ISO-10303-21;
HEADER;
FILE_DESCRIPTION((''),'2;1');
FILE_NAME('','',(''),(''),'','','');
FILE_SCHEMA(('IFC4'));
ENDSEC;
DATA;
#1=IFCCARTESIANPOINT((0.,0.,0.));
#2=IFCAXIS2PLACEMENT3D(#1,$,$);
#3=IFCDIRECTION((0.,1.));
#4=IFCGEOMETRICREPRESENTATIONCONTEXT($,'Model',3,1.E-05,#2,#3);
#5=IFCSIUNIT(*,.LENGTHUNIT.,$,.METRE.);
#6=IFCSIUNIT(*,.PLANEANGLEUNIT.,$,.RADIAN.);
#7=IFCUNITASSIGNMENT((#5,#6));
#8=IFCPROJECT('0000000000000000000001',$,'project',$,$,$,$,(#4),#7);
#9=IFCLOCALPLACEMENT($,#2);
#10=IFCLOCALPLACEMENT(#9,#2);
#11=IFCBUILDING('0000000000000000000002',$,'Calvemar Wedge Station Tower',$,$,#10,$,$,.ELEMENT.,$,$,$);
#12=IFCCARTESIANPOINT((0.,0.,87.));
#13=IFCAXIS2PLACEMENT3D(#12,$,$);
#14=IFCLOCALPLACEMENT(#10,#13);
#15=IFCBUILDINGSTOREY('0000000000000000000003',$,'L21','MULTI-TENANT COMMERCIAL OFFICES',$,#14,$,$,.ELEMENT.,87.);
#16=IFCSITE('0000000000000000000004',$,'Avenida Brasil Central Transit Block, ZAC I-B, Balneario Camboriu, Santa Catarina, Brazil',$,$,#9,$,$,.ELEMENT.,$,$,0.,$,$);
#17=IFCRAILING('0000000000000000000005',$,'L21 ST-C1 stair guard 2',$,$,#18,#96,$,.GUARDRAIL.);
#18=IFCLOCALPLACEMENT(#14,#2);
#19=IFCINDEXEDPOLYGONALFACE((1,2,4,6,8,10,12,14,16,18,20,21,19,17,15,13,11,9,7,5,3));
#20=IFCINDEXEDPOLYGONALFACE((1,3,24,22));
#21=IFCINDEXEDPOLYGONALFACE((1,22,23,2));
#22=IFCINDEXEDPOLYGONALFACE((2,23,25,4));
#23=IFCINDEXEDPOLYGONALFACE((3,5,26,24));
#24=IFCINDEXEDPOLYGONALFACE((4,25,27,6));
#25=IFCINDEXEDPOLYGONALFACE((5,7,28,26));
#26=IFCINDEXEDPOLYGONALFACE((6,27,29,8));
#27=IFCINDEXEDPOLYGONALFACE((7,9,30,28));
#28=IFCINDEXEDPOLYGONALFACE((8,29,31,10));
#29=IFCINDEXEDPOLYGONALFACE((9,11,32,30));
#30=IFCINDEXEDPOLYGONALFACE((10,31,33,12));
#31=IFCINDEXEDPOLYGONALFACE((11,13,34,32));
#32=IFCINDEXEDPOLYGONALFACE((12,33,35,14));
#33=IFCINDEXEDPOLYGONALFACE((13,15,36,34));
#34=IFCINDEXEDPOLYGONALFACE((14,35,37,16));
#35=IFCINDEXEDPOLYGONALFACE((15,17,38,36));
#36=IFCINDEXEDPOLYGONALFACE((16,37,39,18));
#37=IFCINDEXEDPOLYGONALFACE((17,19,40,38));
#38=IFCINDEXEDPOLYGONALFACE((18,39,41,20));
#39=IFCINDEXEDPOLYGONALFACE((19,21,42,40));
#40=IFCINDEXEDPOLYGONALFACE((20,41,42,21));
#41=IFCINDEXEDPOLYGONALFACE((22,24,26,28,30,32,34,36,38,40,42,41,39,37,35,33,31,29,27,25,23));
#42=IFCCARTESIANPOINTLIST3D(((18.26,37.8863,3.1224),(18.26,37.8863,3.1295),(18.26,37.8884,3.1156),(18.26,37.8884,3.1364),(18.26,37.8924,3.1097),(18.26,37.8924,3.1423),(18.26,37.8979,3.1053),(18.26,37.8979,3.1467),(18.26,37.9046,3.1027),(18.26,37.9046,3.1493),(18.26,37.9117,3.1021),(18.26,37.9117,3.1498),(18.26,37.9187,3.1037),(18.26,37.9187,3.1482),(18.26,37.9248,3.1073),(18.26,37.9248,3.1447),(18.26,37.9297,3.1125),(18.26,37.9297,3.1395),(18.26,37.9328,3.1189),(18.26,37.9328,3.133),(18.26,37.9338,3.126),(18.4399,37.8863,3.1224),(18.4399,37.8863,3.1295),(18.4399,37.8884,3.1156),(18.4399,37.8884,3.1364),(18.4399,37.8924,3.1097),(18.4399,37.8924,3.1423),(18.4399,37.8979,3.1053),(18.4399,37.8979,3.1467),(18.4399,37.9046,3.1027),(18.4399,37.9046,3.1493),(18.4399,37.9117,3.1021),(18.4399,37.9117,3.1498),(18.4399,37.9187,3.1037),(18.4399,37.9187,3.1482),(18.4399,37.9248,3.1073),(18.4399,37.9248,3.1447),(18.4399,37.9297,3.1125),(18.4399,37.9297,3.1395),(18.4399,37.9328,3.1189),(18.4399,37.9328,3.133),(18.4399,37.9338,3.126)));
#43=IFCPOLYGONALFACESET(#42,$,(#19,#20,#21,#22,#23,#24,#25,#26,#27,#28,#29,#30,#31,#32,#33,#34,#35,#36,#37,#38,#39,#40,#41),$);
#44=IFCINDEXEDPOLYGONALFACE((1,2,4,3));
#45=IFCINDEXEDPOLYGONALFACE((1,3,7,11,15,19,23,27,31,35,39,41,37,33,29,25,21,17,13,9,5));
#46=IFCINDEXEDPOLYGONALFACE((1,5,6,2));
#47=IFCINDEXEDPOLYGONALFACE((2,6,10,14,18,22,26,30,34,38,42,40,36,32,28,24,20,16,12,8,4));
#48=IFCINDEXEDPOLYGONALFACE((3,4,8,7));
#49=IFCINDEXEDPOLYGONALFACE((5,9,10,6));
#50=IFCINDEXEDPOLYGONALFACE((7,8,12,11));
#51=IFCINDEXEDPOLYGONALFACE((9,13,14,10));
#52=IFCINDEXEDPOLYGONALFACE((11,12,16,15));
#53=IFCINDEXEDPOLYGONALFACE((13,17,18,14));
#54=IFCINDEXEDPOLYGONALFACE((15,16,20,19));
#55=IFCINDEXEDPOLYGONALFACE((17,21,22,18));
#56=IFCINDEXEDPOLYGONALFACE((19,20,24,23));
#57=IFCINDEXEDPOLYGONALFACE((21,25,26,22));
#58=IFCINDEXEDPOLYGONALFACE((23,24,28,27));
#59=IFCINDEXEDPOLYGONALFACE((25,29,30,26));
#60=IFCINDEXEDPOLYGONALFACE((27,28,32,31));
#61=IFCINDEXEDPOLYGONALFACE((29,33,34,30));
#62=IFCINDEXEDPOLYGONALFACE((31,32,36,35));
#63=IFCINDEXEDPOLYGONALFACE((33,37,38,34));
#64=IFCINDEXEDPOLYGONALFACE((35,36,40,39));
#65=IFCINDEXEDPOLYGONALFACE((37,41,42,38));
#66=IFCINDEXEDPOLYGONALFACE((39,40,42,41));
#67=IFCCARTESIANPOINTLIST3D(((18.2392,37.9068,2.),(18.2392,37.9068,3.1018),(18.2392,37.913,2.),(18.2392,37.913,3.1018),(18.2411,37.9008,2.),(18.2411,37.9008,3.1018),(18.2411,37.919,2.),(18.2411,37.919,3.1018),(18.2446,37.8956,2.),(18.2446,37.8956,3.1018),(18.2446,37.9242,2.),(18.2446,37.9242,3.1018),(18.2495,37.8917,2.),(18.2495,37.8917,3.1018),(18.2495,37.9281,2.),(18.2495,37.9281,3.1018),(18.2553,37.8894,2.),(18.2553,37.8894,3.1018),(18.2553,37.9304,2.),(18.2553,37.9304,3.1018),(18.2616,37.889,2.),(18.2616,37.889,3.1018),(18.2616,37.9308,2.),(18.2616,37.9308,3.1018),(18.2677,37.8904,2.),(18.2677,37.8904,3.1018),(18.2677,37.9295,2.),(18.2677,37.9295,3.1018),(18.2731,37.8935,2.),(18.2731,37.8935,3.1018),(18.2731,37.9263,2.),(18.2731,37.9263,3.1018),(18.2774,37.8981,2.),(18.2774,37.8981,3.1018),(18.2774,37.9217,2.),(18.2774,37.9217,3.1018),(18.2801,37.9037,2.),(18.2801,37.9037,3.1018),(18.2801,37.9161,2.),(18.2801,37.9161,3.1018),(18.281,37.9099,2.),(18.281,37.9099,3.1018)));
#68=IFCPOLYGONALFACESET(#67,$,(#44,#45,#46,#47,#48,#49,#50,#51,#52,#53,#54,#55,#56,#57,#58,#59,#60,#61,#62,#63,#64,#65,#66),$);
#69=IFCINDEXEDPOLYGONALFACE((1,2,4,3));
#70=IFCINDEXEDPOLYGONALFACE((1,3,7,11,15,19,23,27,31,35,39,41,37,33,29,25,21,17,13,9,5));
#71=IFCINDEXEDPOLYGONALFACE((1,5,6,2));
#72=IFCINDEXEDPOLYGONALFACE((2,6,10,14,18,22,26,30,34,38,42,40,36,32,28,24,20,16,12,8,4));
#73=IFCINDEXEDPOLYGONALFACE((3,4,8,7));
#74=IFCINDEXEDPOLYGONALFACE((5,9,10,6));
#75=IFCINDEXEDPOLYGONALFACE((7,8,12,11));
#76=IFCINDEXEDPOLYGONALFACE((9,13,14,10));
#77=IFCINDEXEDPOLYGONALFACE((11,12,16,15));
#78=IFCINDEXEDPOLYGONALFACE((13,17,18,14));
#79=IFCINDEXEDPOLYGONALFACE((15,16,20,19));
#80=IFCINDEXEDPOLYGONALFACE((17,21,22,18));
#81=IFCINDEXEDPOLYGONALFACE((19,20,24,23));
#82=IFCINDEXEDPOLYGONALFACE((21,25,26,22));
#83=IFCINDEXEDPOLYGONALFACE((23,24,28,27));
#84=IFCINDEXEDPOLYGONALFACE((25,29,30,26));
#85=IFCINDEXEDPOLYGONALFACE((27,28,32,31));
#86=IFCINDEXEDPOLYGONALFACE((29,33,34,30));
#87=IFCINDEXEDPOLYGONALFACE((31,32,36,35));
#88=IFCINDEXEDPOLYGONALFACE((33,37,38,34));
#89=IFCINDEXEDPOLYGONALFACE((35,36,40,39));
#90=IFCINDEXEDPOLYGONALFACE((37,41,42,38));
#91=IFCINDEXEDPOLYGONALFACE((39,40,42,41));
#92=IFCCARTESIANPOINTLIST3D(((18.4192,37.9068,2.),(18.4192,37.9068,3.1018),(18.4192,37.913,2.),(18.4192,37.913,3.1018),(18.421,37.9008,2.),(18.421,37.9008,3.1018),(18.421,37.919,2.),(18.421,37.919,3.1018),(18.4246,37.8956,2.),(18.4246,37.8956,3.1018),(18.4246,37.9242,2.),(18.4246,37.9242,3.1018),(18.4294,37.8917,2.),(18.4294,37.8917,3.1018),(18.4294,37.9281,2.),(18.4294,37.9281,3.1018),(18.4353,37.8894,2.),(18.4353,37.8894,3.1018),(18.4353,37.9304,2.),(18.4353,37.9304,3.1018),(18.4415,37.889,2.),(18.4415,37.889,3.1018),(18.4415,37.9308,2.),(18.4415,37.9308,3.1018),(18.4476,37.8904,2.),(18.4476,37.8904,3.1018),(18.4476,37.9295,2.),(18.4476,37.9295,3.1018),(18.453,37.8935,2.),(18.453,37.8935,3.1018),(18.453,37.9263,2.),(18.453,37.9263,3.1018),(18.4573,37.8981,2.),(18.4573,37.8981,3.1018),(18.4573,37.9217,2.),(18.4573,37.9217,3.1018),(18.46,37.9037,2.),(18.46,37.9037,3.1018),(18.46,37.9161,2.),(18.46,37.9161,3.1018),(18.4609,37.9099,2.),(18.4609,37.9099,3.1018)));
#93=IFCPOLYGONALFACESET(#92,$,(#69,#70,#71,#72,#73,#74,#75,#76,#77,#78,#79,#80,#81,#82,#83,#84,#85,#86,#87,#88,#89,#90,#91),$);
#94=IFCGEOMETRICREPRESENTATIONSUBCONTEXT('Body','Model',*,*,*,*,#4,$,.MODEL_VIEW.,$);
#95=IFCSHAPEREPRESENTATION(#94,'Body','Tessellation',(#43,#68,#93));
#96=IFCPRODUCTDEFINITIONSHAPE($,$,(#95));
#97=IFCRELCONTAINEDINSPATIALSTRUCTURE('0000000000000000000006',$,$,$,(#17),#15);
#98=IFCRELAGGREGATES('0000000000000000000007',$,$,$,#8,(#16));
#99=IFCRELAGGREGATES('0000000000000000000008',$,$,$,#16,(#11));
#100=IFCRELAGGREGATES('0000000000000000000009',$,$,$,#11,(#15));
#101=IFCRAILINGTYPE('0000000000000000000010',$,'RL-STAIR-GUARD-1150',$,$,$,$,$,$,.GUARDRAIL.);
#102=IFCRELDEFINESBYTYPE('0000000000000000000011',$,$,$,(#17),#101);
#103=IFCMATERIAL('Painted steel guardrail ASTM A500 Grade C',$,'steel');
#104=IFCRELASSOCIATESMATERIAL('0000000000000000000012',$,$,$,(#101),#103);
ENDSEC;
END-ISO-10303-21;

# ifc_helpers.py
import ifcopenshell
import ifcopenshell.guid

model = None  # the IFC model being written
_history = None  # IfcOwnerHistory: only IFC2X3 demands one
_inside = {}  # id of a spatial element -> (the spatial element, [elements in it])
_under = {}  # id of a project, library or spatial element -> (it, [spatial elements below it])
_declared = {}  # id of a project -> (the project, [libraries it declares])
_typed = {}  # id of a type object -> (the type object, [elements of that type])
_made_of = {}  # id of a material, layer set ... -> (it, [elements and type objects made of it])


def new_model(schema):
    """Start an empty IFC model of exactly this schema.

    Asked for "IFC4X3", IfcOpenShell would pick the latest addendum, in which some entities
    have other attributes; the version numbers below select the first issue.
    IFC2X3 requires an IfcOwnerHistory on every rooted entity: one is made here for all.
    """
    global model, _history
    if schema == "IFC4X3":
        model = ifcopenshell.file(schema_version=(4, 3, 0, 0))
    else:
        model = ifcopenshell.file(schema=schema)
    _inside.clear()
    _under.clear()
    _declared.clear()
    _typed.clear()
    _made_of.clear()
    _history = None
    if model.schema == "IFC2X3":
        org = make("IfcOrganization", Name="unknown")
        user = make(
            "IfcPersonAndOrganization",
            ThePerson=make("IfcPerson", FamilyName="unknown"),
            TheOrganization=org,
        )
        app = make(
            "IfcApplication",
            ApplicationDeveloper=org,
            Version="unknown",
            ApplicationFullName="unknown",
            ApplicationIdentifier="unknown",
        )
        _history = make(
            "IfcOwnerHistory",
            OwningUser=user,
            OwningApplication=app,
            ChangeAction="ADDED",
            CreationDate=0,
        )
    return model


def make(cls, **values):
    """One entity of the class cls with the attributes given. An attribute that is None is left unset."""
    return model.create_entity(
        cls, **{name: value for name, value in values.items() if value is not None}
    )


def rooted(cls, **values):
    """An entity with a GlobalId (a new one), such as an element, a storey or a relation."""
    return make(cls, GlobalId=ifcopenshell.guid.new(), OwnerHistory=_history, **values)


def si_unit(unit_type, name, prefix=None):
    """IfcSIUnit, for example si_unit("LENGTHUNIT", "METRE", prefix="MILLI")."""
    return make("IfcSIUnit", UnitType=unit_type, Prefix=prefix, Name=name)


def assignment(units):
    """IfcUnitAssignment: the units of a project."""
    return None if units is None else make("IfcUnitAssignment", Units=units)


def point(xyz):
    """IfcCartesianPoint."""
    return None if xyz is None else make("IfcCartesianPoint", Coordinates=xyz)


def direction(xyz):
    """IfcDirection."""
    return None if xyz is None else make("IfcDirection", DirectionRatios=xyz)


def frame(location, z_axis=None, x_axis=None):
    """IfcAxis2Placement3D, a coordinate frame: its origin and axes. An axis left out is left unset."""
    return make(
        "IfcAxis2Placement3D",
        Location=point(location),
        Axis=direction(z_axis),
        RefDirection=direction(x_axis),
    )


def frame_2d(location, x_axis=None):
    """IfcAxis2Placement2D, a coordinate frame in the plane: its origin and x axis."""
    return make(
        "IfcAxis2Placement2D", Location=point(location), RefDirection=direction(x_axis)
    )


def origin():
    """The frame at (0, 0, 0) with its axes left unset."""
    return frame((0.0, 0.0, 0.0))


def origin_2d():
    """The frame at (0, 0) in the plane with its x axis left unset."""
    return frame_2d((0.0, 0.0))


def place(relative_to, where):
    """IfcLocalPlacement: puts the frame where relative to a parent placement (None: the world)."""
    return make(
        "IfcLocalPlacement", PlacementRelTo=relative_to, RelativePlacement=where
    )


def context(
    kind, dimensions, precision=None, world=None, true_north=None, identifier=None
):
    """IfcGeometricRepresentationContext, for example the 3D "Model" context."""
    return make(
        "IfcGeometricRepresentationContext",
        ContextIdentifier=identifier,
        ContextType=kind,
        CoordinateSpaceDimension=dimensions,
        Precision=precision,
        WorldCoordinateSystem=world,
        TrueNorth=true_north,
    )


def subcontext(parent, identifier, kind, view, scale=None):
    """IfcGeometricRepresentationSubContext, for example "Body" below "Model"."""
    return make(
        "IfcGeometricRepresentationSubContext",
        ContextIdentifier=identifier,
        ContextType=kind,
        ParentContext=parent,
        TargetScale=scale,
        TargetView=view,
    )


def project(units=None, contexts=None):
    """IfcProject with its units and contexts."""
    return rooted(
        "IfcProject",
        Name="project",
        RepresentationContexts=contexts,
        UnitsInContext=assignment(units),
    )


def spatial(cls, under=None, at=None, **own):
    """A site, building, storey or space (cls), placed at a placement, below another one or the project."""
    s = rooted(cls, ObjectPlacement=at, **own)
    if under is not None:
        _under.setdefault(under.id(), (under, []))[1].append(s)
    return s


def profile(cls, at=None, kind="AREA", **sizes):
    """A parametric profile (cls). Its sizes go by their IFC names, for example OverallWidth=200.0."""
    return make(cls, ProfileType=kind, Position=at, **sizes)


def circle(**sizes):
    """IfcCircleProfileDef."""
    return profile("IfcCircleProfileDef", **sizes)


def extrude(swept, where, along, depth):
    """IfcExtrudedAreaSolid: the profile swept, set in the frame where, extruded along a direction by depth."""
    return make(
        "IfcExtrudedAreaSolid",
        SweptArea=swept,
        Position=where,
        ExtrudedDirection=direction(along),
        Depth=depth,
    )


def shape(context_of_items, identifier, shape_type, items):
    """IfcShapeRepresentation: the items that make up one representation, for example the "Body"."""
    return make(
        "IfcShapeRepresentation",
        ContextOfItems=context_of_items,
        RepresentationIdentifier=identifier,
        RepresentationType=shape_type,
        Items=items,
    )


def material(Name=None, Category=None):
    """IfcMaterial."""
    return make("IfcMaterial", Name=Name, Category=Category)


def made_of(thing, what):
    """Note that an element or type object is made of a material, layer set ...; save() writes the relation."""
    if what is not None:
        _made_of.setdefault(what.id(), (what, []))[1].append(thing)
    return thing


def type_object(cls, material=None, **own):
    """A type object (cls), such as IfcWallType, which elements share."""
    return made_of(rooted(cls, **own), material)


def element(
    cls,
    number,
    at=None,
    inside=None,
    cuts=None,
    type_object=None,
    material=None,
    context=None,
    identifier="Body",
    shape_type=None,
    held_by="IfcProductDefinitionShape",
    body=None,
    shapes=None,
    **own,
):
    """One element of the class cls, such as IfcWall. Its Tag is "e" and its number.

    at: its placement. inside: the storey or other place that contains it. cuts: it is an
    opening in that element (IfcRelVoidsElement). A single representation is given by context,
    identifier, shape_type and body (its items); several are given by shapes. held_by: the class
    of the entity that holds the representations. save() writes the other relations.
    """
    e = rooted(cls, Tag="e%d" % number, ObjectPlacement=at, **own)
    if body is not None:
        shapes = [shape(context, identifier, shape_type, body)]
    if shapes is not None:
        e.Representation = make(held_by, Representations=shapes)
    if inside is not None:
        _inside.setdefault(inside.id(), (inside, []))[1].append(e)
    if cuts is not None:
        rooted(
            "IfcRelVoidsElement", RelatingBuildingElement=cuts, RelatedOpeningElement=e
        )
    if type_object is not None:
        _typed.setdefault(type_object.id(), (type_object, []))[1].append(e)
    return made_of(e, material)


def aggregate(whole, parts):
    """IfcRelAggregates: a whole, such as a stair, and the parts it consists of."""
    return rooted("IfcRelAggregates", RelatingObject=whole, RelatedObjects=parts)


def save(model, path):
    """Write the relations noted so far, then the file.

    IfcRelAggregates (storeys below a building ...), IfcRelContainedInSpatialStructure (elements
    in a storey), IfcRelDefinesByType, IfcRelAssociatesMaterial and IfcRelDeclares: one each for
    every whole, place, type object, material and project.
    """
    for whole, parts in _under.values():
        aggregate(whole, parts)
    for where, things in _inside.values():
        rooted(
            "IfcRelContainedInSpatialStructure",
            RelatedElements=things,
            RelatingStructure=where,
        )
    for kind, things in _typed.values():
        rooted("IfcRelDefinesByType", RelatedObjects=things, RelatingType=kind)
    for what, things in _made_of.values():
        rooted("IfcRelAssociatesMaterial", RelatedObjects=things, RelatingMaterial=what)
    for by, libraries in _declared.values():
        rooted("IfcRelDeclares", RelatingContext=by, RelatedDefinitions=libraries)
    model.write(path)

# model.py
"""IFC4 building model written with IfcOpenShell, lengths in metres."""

from ifc_helpers import new_model, si_unit, direction, frame, origin, origin_2d, place, context, subcontext, project, spatial, circle, extrude, material, type_object, element, save


model = new_model("IFC4")

# Units and contexts
model_context = context("Model", 3, precision=1e-05, world=origin(), true_north=direction((0.0, 1.0)))
body_context = subcontext(model_context, "Body", "Model", "MODEL_VIEW")
ifc_project = project(units=[si_unit("LENGTHUNIT", "METRE"), si_unit("PLANEANGLEUNIT", "RADIAN")], contexts=[model_context])

# Site, building, storey
site_placement = place(None, origin())
site = spatial("IfcSite", under=ifc_project, at=site_placement, Name="Avenida Brasil Central Transit Block, ZAC I-B, Balneario Camboriu, Santa Catarina, Brazil", CompositionType="ELEMENT", RefElevation=0.0)
building_placement = place(site_placement, origin())
building = spatial("IfcBuilding", under=site, at=building_placement, Name="Calvemar Wedge Station Tower", CompositionType="ELEMENT")
storey_placement = place(building_placement, frame((0.0, 0.0, 87.0)))
storey = spatial("IfcBuildingStorey", under=building, at=storey_placement, Name="L21", Description="MULTI-TENANT COMMERCIAL OFFICES", CompositionType="ELEMENT", Elevation=87.0)

# Railing
ifc_material_1 = material(Name="Painted steel guardrail ASTM A500 Grade C", Category="steel")
railing_type_1 = type_object("IfcRailingType", Name="RL-STAIR-GUARD-1150", PredefinedType="GUARDRAIL", material=ifc_material_1)
railing_1_placement = place(storey_placement, frame((18.26, 37.9099, 2.0)))
element("IfcRailing", 1, at=railing_1_placement, inside=storey, type_object=railing_type_1, Name="L21 ST-C1 stair guard 2", PredefinedType="GUARDRAIL", context=body_context, shape_type="SweptSolid", body=[
    extrude(circle(Radius=0.0239, at=origin_2d()), frame((0.0, 0.0, 1.126), z_axis=(1.0, 0.0, 0.0), x_axis=(0.0, 1.0, 0.0)), (0.0, 0.0, 1.0), 0.1799),
    extrude(circle(Radius=0.021, at=origin_2d()), origin(), (0.0, 0.0, 1.0), 1.1018),
    extrude(circle(Radius=0.021, at=origin_2d()), frame((0.1799, 0.0, 0.0)), (0.0, 0.0, 1.0), 1.1018),
])

save(model, "model.ifc")
